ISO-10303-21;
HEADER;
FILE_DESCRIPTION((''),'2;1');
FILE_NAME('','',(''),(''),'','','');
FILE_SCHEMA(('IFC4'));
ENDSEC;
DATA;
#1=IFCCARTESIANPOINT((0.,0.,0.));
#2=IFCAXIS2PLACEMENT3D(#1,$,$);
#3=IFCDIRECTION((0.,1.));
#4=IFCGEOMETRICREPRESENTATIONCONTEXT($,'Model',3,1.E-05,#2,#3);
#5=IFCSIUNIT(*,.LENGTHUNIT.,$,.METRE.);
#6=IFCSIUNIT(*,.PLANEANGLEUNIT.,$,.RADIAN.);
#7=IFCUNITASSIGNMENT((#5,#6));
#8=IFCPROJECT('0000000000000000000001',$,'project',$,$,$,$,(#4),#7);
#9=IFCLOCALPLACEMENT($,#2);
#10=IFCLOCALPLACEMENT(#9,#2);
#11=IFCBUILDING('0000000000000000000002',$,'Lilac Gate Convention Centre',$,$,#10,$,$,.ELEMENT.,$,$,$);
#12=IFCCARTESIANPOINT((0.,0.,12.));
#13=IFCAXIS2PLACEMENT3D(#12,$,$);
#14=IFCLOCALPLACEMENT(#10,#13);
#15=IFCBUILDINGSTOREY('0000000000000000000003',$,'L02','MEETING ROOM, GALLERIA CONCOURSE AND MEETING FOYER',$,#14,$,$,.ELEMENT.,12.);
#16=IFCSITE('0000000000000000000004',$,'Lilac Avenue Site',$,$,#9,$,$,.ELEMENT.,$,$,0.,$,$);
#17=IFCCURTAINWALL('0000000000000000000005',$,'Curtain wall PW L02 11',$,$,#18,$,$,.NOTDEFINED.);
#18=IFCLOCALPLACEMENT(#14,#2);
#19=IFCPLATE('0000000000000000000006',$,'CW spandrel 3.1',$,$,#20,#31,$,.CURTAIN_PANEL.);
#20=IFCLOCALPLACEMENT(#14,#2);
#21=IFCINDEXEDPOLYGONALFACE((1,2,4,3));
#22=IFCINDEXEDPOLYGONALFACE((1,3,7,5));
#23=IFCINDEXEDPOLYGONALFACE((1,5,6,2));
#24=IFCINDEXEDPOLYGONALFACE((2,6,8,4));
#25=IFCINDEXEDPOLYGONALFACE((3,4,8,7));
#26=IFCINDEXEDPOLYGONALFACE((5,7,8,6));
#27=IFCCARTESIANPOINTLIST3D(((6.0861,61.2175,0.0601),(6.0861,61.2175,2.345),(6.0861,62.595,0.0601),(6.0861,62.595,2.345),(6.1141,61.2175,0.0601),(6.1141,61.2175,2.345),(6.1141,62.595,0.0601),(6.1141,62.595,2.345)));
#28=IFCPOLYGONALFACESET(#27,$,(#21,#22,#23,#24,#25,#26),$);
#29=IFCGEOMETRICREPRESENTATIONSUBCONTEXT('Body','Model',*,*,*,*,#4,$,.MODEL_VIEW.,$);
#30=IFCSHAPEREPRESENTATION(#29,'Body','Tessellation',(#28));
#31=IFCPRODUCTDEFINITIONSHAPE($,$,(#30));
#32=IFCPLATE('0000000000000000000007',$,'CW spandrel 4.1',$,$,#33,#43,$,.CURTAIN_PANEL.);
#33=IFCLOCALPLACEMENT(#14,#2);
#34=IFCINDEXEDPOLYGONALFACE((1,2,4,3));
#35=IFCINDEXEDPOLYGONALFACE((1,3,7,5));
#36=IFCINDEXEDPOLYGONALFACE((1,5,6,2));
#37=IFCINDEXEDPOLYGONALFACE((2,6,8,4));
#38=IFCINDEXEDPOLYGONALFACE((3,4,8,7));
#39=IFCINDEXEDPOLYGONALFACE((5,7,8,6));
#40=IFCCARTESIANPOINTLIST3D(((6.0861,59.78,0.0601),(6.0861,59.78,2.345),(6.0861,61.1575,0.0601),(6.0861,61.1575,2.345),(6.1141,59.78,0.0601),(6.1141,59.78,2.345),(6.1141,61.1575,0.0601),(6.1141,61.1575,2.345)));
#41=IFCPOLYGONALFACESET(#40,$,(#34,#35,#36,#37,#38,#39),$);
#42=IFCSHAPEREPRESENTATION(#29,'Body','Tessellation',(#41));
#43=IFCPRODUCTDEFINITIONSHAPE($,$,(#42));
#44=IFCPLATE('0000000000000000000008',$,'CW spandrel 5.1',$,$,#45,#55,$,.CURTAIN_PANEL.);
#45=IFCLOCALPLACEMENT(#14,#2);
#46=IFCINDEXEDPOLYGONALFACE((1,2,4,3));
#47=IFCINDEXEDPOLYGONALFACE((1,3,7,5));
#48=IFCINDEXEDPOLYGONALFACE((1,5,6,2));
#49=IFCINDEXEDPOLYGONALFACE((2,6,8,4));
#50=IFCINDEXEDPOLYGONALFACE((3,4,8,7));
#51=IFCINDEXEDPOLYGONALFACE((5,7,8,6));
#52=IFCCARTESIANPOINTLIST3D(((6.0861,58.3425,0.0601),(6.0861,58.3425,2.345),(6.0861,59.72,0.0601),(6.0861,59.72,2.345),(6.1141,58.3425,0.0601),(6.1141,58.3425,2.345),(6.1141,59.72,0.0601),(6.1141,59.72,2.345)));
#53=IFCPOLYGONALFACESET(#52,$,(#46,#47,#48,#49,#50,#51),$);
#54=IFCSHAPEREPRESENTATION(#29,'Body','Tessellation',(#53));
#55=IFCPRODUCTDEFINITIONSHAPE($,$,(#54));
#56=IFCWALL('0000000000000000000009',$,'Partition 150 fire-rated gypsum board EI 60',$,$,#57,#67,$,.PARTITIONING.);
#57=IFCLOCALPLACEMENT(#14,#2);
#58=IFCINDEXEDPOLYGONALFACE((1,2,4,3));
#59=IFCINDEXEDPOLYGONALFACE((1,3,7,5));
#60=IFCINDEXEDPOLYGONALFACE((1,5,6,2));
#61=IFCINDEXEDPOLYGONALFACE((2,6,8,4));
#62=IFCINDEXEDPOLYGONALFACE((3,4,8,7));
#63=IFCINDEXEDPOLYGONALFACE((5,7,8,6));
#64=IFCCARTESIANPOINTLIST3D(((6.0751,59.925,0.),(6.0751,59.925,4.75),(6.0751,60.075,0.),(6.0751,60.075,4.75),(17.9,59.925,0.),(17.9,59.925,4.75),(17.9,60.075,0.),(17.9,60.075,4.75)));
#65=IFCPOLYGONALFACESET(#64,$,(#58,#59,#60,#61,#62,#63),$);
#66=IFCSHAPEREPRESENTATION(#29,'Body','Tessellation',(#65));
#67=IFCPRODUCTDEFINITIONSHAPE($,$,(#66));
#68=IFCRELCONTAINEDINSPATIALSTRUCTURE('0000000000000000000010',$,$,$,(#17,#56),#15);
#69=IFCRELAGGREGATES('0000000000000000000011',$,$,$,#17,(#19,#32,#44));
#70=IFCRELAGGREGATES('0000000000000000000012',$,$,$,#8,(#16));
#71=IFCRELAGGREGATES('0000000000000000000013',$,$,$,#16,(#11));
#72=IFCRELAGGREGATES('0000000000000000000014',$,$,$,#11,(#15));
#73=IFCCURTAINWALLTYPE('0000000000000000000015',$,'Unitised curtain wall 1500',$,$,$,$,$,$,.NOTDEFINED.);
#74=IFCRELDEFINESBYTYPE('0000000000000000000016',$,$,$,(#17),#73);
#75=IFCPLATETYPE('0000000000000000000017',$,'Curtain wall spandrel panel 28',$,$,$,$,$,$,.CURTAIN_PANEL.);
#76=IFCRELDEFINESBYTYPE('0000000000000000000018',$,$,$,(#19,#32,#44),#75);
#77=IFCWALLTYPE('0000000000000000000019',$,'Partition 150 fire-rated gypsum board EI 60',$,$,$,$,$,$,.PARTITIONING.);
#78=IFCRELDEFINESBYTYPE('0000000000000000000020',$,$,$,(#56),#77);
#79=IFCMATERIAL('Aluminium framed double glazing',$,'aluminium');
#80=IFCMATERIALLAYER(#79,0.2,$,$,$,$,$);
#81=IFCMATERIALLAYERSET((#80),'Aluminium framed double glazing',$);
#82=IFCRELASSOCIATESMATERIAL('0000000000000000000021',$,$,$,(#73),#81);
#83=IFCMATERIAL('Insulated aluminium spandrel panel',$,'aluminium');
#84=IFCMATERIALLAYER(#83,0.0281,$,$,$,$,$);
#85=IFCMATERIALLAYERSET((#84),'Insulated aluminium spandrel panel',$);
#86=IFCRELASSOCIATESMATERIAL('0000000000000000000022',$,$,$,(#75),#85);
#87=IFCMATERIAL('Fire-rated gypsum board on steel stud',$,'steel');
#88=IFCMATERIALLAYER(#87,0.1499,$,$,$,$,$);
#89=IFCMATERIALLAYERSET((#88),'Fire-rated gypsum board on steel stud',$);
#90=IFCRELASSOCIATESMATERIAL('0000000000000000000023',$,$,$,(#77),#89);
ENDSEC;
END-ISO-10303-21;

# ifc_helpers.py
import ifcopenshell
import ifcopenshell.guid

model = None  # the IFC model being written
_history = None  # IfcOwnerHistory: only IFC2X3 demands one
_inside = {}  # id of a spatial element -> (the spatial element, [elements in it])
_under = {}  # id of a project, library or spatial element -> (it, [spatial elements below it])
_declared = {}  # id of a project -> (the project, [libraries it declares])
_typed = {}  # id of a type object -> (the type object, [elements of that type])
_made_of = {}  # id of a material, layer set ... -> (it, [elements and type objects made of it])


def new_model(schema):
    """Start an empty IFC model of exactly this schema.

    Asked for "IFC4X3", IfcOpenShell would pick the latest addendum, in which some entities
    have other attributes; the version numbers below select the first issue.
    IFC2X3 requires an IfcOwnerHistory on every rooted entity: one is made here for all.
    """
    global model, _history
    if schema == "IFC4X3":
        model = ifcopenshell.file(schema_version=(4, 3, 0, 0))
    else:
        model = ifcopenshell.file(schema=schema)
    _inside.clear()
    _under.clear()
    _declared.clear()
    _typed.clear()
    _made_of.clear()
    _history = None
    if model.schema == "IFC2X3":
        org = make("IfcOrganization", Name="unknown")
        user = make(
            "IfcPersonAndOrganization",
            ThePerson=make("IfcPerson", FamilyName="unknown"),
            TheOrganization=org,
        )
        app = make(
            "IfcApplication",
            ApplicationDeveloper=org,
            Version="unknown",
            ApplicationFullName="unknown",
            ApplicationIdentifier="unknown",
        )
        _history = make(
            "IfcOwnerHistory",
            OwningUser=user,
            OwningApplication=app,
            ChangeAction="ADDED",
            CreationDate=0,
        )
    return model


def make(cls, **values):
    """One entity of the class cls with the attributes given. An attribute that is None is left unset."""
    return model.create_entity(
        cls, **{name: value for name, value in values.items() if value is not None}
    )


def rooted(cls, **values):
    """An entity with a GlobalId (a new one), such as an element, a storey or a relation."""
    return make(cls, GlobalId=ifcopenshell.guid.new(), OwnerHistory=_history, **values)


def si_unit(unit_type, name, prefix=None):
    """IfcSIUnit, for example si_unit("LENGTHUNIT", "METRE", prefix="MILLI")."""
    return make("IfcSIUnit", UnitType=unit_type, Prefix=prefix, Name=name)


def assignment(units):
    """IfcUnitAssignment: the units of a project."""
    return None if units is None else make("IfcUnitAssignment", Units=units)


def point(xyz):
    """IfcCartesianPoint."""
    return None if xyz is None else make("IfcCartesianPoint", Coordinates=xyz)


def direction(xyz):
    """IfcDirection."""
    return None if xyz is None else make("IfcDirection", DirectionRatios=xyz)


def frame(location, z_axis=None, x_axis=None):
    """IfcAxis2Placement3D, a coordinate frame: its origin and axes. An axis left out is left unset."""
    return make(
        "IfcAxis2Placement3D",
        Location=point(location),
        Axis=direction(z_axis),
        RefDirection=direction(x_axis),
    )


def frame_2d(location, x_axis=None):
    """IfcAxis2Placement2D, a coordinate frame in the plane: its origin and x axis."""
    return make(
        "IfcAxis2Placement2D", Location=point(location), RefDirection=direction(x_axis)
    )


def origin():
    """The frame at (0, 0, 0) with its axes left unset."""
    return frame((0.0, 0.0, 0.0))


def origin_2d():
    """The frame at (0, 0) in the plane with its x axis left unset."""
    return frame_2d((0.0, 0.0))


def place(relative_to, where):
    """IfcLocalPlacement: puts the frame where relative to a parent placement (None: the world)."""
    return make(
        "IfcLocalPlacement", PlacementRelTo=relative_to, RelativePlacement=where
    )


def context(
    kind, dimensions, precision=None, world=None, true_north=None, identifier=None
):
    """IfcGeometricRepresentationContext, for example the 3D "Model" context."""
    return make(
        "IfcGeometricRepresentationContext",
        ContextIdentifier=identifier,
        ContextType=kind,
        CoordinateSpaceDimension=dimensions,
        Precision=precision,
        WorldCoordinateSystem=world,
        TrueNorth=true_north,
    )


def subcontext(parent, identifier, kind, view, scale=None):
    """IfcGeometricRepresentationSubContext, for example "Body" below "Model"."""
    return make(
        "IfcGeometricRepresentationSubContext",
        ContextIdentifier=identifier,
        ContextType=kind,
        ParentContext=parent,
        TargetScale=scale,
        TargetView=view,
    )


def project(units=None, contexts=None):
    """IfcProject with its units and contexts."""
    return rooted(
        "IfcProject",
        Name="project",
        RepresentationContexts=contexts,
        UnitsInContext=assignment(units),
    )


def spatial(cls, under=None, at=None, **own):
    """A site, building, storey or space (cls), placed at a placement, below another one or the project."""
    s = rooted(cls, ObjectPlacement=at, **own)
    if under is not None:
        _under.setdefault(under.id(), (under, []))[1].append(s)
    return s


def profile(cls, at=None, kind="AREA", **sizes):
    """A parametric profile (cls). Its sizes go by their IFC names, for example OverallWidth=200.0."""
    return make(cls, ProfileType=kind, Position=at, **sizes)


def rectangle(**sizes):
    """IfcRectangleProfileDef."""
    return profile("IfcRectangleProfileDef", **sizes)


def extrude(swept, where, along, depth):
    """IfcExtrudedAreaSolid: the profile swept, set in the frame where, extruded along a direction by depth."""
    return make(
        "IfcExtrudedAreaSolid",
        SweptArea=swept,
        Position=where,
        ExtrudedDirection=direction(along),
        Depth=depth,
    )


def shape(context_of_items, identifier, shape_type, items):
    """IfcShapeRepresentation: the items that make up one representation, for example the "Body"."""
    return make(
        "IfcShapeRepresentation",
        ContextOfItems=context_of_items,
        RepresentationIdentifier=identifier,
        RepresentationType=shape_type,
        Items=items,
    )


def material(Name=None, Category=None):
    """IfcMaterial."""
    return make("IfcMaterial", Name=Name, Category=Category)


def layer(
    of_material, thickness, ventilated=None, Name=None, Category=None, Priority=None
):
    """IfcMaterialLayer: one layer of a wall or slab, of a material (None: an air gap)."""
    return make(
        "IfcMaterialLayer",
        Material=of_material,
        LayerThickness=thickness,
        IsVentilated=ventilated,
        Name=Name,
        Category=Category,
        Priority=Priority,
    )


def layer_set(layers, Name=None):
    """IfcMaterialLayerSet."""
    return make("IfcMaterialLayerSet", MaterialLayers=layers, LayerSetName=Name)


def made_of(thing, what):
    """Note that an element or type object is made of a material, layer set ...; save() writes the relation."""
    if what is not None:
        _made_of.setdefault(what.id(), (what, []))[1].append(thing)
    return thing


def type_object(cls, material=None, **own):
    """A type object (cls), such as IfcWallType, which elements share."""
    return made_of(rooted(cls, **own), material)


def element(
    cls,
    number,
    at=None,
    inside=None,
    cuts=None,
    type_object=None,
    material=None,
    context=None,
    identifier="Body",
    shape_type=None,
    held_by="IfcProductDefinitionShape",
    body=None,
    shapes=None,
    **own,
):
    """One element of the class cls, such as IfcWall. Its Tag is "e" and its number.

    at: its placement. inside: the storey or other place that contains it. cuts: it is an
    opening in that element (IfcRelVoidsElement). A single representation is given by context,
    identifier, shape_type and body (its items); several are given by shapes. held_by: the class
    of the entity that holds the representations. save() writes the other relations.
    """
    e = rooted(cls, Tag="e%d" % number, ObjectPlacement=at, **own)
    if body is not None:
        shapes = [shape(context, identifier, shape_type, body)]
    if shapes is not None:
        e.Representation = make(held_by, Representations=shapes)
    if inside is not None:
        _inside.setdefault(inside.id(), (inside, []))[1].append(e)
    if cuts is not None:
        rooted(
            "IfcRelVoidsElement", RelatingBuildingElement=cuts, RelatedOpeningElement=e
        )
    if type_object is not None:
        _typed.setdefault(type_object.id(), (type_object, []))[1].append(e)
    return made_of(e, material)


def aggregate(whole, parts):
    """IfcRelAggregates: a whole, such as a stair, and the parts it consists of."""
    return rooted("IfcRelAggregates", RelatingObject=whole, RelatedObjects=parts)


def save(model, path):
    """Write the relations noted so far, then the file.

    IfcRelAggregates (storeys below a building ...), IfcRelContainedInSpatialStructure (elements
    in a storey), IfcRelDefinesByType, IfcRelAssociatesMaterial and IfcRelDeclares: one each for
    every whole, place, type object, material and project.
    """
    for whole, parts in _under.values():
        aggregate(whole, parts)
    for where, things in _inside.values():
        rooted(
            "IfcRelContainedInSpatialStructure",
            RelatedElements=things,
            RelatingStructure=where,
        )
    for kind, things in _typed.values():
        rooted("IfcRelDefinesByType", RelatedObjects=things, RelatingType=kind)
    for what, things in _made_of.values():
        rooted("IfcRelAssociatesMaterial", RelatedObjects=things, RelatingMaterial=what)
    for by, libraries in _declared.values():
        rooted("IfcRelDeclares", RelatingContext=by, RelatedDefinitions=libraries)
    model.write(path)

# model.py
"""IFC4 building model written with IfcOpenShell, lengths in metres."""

from ifc_helpers import new_model, si_unit, direction, frame, frame_2d, origin, origin_2d, place, context, subcontext, project, spatial, rectangle, extrude, material, layer, layer_set, type_object, element, aggregate, save


model = new_model("IFC4")

# Units and contexts
model_context = context("Model", 3, precision=1e-05, world=origin(), true_north=direction((0.0, 1.0)))
body_context = subcontext(model_context, "Body", "Model", "MODEL_VIEW")
ifc_project = project(units=[si_unit("LENGTHUNIT", "METRE"), si_unit("PLANEANGLEUNIT", "RADIAN")], contexts=[model_context])

# Site, building, storey
site_placement = place(None, origin())
site = spatial("IfcSite", under=ifc_project, at=site_placement, Name="Lilac Avenue Site", CompositionType="ELEMENT", RefElevation=0.0)
building_placement = place(site_placement, origin())
building = spatial("IfcBuilding", under=site, at=building_placement, Name="Lilac Gate Convention Centre", CompositionType="ELEMENT")
storey_placement = place(building_placement, frame((0.0, 0.0, 12.0)))
storey = spatial("IfcBuildingStorey", under=building, at=storey_placement, Name="L02", Description="MEETING ROOM, GALLERIA CONCOURSE AND MEETING FOYER", CompositionType="ELEMENT", Elevation=12.0)

# Curtain wall
ifc_material_1 = material(Name="Aluminium framed double glazing", Category="aluminium")
ifc_layer_1 = layer(ifc_material_1, 0.2)
ifc_layer_set_1 = layer_set([ifc_layer_1], Name="Aluminium framed double glazing")
curtain_wall_type = type_object("IfcCurtainWallType", Name="Unitised curtain wall 1500", PredefinedType="NOTDEFINED", material=ifc_layer_set_1)
curtain_wall_placement = place(storey_placement, origin())
curtain_wall = element("IfcCurtainWall", 1, at=curtain_wall_placement, inside=storey, type_object=curtain_wall_type, Name="Curtain wall PW L02 11", PredefinedType="NOTDEFINED")

# Plates
ifc_material_2 = material(Name="Insulated aluminium spandrel panel", Category="aluminium")
ifc_layer_2 = layer(ifc_material_2, 0.0281)
ifc_layer_set_2 = layer_set([ifc_layer_2], Name="Insulated aluminium spandrel panel")
plate_type_1 = type_object("IfcPlateType", Name="Curtain wall spandrel panel 28", PredefinedType="CURTAIN_PANEL", material=ifc_layer_set_2)
plate_1_placement = place(storey_placement, frame((6.1001, 61.9062, 0.0601), z_axis=(0.0, 0.0, 1.0), x_axis=(0.0, -1.0, 0.0)))
plate_1 = element("IfcPlate", 2, at=plate_1_placement, type_object=plate_type_1, Name="CW spandrel 3.1", PredefinedType="CURTAIN_PANEL", context=body_context, shape_type="SweptSolid", body=[
    extrude(rectangle(XDim=1.3774, YDim=0.0281, at=origin_2d()), origin(), (0.0, 0.0, 1.0), 2.2849),
])
plate_2_placement = place(storey_placement, frame((6.1001, 60.4688, 0.0601), z_axis=(0.0, 0.0, 1.0), x_axis=(0.0, -1.0, 0.0)))
plate_2 = element("IfcPlate", 3, at=plate_2_placement, type_object=plate_type_1, Name="CW spandrel 4.1", PredefinedType="CURTAIN_PANEL", context=body_context, shape_type="SweptSolid", body=[
    extrude(rectangle(XDim=1.3774, YDim=0.0281, at=origin_2d()), origin(), (0.0, 0.0, 1.0), 2.2849),
])
plate_3_placement = place(storey_placement, frame((6.1001, 59.0312, 0.0601), z_axis=(0.0, 0.0, 1.0), x_axis=(0.0, -1.0, 0.0)))
plate_3 = element("IfcPlate", 4, at=plate_3_placement, type_object=plate_type_1, Name="CW spandrel 5.1", PredefinedType="CURTAIN_PANEL", context=body_context, shape_type="SweptSolid", body=[
    extrude(rectangle(XDim=1.3774, YDim=0.0281, at=origin_2d()), origin(), (0.0, 0.0, 1.0), 2.2849),
])
aggregate(curtain_wall, [plate_1, plate_2, plate_3])

# Wall
ifc_material_3 = material(Name="Fire-rated gypsum board on steel stud", Category="steel")
ifc_layer_3 = layer(ifc_material_3, 0.1499)
ifc_layer_set_3 = layer_set([ifc_layer_3], Name="Fire-rated gypsum board on steel stud")
wall_type = type_object("IfcWallType", Name="Partition 150 fire-rated gypsum board EI 60", PredefinedType="PARTITIONING", material=ifc_layer_set_3)
wall_placement = place(storey_placement, frame((6.075, 60.0, 0.0), z_axis=(0.0, 0.0, 1.0), x_axis=(1.0, 0.0, 0.0)))
element("IfcWall", 5, at=wall_placement, inside=storey, type_object=wall_type, Name="Partition 150 fire-rated gypsum board EI 60", PredefinedType="PARTITIONING", context=body_context, shape_type="SweptSolid", body=[
    extrude(rectangle(XDim=11.825, YDim=0.1499, at=frame_2d((5.9126, 0.0))), origin(), (0.0, 0.0, 1.0), 4.75),
])

save(model, "model.ifc")
